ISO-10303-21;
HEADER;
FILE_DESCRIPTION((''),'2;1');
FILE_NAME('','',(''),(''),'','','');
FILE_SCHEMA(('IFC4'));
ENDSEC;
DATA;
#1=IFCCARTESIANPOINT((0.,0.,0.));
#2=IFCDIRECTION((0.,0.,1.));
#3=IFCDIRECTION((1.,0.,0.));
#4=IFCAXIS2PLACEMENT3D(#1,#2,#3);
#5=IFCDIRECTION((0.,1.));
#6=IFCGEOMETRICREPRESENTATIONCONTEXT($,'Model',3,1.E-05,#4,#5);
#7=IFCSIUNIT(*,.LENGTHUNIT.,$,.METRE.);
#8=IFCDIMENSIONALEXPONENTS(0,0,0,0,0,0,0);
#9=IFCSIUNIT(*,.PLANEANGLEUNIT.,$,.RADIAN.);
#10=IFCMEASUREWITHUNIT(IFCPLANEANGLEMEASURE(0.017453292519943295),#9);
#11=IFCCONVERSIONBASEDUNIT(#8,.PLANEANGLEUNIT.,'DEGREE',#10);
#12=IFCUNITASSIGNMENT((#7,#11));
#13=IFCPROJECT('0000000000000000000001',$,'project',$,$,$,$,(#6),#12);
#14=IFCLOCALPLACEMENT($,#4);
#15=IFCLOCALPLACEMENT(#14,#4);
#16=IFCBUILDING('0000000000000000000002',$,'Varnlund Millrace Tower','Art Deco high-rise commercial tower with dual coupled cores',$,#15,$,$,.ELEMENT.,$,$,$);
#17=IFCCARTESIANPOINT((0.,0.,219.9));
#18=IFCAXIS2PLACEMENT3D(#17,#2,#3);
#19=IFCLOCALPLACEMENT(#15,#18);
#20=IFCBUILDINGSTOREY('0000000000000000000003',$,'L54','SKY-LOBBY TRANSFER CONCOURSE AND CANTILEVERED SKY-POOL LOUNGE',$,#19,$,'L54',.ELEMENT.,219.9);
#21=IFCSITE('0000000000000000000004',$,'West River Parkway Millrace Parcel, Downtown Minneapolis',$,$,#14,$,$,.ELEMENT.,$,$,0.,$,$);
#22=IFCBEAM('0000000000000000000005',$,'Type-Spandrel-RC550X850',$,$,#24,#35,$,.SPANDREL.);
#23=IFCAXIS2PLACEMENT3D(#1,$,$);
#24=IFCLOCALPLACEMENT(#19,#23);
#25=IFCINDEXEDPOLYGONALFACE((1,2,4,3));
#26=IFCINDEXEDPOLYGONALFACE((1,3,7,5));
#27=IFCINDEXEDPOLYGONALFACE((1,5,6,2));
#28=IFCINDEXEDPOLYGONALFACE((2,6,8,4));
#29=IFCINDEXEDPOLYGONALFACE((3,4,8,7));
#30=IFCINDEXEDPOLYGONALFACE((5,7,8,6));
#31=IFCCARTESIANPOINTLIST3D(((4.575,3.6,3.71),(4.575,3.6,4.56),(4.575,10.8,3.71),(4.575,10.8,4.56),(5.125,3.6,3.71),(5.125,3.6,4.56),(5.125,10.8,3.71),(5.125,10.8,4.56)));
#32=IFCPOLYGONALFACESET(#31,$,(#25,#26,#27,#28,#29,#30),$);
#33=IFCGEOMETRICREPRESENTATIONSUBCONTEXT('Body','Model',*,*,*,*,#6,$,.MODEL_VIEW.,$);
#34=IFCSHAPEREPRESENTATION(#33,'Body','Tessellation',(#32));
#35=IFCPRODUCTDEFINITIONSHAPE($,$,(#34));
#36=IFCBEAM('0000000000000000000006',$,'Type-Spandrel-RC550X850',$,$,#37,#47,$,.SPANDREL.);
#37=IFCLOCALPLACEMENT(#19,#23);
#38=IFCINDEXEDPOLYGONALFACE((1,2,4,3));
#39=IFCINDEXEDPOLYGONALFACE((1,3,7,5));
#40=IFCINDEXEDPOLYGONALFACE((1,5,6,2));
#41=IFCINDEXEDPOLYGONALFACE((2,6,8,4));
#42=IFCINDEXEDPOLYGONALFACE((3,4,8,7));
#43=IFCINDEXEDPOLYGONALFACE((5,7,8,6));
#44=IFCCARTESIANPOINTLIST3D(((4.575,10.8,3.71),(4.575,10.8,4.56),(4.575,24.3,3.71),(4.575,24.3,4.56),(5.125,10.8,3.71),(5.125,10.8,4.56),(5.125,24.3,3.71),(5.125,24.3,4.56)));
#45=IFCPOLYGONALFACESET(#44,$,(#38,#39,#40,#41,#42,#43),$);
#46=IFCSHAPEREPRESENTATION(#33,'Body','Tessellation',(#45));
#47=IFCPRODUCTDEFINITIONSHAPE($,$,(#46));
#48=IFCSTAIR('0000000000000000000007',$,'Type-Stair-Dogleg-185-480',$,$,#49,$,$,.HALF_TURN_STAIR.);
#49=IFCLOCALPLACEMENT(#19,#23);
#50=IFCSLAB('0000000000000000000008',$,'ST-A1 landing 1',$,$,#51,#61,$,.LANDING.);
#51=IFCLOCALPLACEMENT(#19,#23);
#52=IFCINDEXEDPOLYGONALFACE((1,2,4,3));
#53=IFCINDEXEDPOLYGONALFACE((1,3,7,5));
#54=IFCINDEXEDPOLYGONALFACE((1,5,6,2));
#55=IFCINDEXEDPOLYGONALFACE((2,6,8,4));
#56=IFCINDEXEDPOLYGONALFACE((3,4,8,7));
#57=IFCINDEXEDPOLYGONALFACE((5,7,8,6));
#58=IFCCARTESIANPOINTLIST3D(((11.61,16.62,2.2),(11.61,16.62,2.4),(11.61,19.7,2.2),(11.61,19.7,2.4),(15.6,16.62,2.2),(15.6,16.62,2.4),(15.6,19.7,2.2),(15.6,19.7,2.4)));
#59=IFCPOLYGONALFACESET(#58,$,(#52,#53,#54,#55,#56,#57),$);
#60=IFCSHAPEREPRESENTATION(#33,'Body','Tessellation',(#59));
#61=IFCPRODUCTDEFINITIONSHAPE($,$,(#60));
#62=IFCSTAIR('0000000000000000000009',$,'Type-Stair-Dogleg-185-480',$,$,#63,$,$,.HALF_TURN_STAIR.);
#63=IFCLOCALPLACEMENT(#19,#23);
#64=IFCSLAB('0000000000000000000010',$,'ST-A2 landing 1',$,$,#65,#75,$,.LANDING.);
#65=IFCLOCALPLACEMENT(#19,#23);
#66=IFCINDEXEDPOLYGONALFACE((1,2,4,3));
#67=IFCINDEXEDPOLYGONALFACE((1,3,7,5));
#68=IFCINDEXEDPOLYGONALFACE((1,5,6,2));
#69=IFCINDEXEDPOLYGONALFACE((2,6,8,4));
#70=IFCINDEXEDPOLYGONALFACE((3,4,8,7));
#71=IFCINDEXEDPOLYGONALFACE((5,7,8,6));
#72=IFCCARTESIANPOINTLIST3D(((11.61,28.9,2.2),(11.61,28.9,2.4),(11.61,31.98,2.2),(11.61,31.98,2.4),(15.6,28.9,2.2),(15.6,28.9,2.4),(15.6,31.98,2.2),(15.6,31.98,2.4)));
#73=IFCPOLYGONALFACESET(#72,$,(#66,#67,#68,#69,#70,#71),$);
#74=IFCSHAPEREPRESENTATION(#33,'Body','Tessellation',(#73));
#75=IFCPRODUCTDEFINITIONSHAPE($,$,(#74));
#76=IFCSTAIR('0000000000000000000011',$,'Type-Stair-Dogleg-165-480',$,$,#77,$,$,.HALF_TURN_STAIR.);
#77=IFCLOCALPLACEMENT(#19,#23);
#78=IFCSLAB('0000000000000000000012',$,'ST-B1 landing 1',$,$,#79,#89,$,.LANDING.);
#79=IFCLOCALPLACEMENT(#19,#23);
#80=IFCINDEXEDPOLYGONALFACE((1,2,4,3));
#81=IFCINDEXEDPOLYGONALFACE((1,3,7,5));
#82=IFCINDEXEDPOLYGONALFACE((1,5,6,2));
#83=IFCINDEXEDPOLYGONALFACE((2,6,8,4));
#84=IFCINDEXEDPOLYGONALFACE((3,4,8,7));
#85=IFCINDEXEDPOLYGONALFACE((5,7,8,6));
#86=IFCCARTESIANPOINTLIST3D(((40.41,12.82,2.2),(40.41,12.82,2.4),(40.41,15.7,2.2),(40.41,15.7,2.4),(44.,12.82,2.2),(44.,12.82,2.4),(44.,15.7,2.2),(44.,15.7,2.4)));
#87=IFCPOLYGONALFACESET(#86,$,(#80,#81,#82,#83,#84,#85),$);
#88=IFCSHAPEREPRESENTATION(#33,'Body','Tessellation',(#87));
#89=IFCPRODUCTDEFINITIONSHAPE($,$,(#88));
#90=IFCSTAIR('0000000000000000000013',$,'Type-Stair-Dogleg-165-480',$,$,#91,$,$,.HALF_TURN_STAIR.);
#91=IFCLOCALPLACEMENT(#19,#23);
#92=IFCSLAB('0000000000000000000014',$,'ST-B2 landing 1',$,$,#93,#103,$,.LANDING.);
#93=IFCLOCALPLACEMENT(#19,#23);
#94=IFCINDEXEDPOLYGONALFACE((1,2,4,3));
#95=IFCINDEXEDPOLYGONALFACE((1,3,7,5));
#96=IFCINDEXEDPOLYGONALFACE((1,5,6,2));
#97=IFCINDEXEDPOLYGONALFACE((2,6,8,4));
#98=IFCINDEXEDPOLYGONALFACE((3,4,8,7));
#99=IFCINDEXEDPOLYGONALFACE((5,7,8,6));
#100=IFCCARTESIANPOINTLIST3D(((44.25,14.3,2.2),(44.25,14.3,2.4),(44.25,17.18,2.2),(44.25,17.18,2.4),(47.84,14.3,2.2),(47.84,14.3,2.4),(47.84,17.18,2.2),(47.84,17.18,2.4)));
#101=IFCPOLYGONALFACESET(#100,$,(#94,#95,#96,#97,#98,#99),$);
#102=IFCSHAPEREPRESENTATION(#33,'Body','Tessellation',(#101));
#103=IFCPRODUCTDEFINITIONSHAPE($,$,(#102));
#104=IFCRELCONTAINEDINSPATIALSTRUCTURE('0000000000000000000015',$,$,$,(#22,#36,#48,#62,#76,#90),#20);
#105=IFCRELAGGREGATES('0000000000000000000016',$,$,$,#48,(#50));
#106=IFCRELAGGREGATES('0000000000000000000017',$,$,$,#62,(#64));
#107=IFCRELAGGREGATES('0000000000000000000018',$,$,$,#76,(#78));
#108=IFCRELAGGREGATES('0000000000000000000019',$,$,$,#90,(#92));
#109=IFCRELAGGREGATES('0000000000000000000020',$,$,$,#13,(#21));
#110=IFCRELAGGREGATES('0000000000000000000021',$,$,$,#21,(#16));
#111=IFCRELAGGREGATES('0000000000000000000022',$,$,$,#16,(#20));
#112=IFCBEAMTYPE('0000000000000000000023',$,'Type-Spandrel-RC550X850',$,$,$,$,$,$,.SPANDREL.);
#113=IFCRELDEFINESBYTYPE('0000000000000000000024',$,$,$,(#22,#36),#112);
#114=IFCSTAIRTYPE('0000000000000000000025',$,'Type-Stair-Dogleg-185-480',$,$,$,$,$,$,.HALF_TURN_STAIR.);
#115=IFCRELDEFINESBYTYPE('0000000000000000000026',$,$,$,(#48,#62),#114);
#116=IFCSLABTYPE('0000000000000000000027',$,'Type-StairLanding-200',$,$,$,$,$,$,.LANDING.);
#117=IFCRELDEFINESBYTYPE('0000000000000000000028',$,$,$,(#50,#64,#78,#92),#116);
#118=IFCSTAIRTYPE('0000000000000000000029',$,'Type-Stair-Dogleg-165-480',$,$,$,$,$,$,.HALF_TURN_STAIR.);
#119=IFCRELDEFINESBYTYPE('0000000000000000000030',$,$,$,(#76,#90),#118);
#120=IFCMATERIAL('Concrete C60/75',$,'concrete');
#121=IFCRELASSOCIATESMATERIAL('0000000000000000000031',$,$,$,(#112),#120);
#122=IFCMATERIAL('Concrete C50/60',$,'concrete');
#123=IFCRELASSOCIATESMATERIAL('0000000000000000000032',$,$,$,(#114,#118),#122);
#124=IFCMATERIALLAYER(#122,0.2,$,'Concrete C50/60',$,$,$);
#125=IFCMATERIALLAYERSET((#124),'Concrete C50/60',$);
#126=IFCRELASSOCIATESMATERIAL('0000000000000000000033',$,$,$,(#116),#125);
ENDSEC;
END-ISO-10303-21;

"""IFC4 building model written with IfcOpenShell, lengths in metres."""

from ifc_helpers import new_model, entity, si_unit, converted_unit, direction, frame, origin_with_axes, origin_2d_with_axis, place, context, subcontext, project, spatial, polyline, rectangle, outline, extrude, material, layer, layer_set, material_profile, profile_set, type_object, element, aggregate, save


model = new_model("IFC4")

# Units and contexts
model_context = context("Model", 3, precision=1e-05, world=origin_with_axes(), true_north=direction((0.0, 1.0)))
body_context = subcontext(model_context, "Body", "Model", "MODEL_VIEW")
ifc_project = project(units=[si_unit("LENGTHUNIT", "METRE"), converted_unit("PLANEANGLEUNIT", "DEGREE", entity("IfcPlaneAngleMeasure", 0.017453292519943295), si_unit("PLANEANGLEUNIT", "RADIAN"), dimensions=[0, 0, 0, 0, 0, 0, 0])], contexts=[model_context])

# Site, building, storey
site_placement = place(None, origin_with_axes())
site = spatial("IfcSite", under=ifc_project, at=site_placement, Name="West River Parkway Millrace Parcel, Downtown Minneapolis", CompositionType="ELEMENT", RefElevation=0.0)
building_placement = place(site_placement, origin_with_axes())
building = spatial("IfcBuilding", under=site, at=building_placement, Name="Varnlund Millrace Tower", Description="Art Deco high-rise commercial tower with dual coupled cores", CompositionType="ELEMENT")
storey_placement = place(building_placement, frame((0.0, 0.0, 219.9), z_axis=(0.0, 0.0, 1.0), x_axis=(1.0, 0.0, 0.0)))
storey = spatial("IfcBuildingStorey", under=building, at=storey_placement, Name="L54", Description="SKY-LOBBY TRANSFER CONCOURSE AND CANTILEVERED SKY-POOL LOUNGE", LongName="L54", CompositionType="ELEMENT", Elevation=219.9)

# Beams
ifc_material_1 = material(Name="Concrete C60/75", Category="concrete")
ifc_material_profile_1 = material_profile(ifc_material_1, rectangle(XDim=0.55, YDim=0.85, at=origin_2d_with_axis()), Name="Concrete C60/75")
ifc_profile_set_1 = profile_set([ifc_material_profile_1], Name="Concrete C60/75")
beam_type_1 = type_object("IfcBeamType", Name="Type-Spandrel-RC550X850", PredefinedType="SPANDREL", material=ifc_profile_set_1)
beam_1_placement = place(storey_placement, frame((4.85, 3.6, 4.135), z_axis=(0.0, 1.0, 0.0), x_axis=(-1.0, 0.0, 0.0)))
element("IfcBeam", 1, at=beam_1_placement, inside=storey, type_object=beam_type_1, Name="Type-Spandrel-RC550X850", PredefinedType="SPANDREL", context=body_context, shape_type="SweptSolid", body=[
    extrude(rectangle(XDim=0.55, YDim=0.85, at=origin_2d_with_axis()), origin_with_axes(), (0.0, 0.0, 1.0), 7.2),
])
beam_2_placement = place(storey_placement, frame((4.85, 10.8, 4.135), z_axis=(0.0, 1.0, 0.0), x_axis=(-1.0, 0.0, 0.0)))
element("IfcBeam", 2, at=beam_2_placement, inside=storey, type_object=beam_type_1, Name="Type-Spandrel-RC550X850", PredefinedType="SPANDREL", context=body_context, shape_type="SweptSolid", body=[
    extrude(rectangle(XDim=0.55, YDim=0.85, at=origin_2d_with_axis()), origin_with_axes(), (0.0, 0.0, 1.0), 13.5),
])

# Stairs, slabs
ifc_material_2 = material(Name="Concrete C50/60", Category="concrete")
stair_type_1 = type_object("IfcStairType", Name="Type-Stair-Dogleg-185-480", PredefinedType="HALF_TURN_STAIR", material=ifc_material_2)
stair_1_placement = place(storey_placement, origin_with_axes())
stair_1 = element("IfcStair", 3, at=stair_1_placement, inside=storey, type_object=stair_type_1, Name="Type-Stair-Dogleg-185-480", PredefinedType="HALF_TURN_STAIR")
ifc_layer_1 = layer(ifc_material_2, 0.2, Name="Concrete C50/60")
ifc_layer_set_1 = layer_set([ifc_layer_1], Name="Concrete C50/60")
slab_type = type_object("IfcSlabType", Name="Type-StairLanding-200", PredefinedType="LANDING", material=ifc_layer_set_1)
slab_1_placement = place(storey_placement, frame((0.0, 0.0, 2.2), z_axis=(0.0, 0.0, 1.0), x_axis=(1.0, 0.0, 0.0)))
slab_1 = element("IfcSlab", 4, at=slab_1_placement, type_object=slab_type, Name="ST-A1 landing 1", PredefinedType="LANDING", context=body_context, shape_type="SweptSolid", body=[
    extrude(outline(polyline([(15.6, 16.62), (15.6, 19.7), (11.61, 19.7), (11.61, 16.62), (15.6, 16.62)])), origin_with_axes(), (0.0, 0.0, 1.0), 0.2),
])
aggregate(stair_1, [slab_1])
stair_2_placement = place(storey_placement, origin_with_axes())
stair_2 = element("IfcStair", 5, at=stair_2_placement, inside=storey, type_object=stair_type_1, Name="Type-Stair-Dogleg-185-480", PredefinedType="HALF_TURN_STAIR")
slab_2_placement = place(storey_placement, frame((0.0, 0.0, 2.2), z_axis=(0.0, 0.0, 1.0), x_axis=(1.0, 0.0, 0.0)))
slab_2 = element("IfcSlab", 6, at=slab_2_placement, type_object=slab_type, Name="ST-A2 landing 1", PredefinedType="LANDING", context=body_context, shape_type="SweptSolid", body=[
    extrude(outline(polyline([(11.61, 31.98), (11.61, 28.9), (15.6, 28.9), (15.6, 31.98), (11.61, 31.98)])), origin_with_axes(), (0.0, 0.0, 1.0), 0.2),
])
aggregate(stair_2, [slab_2])
stair_type_2 = type_object("IfcStairType", Name="Type-Stair-Dogleg-165-480", PredefinedType="HALF_TURN_STAIR", material=ifc_material_2)
stair_3_placement = place(storey_placement, origin_with_axes())
stair_3 = element("IfcStair", 7, at=stair_3_placement, inside=storey, type_object=stair_type_2, Name="Type-Stair-Dogleg-165-480", PredefinedType="HALF_TURN_STAIR")
slab_3_placement = place(storey_placement, frame((0.0, 0.0, 2.2), z_axis=(0.0, 0.0, 1.0), x_axis=(1.0, 0.0, 0.0)))
slab_3 = element("IfcSlab", 8, at=slab_3_placement, type_object=slab_type, Name="ST-B1 landing 1", PredefinedType="LANDING", context=body_context, shape_type="SweptSolid", body=[
    extrude(outline(polyline([(44.0, 12.82), (44.0, 15.7), (40.41, 15.7), (40.41, 12.82), (44.0, 12.82)])), origin_with_axes(), (0.0, 0.0, 1.0), 0.2),
])
aggregate(stair_3, [slab_3])
stair_4_placement = place(storey_placement, origin_with_axes())
stair_4 = element("IfcStair", 9, at=stair_4_placement, inside=storey, type_object=stair_type_2, Name="Type-Stair-Dogleg-165-480", PredefinedType="HALF_TURN_STAIR")
slab_4_placement = place(storey_placement, frame((0.0, 0.0, 2.2), z_axis=(0.0, 0.0, 1.0), x_axis=(1.0, 0.0, 0.0)))
slab_4 = element("IfcSlab", 10, at=slab_4_placement, type_object=slab_type, Name="ST-B2 landing 1", PredefinedType="LANDING", context=body_context, shape_type="SweptSolid", body=[
    extrude(outline(polyline([(44.25, 17.18), (44.25, 14.3), (47.84, 14.3), (47.84, 17.18), (44.25, 17.18)])), origin_with_axes(), (0.0, 0.0, 1.0), 0.2),
])
aggregate(stair_4, [slab_4])

save(model, "model.ifc")
